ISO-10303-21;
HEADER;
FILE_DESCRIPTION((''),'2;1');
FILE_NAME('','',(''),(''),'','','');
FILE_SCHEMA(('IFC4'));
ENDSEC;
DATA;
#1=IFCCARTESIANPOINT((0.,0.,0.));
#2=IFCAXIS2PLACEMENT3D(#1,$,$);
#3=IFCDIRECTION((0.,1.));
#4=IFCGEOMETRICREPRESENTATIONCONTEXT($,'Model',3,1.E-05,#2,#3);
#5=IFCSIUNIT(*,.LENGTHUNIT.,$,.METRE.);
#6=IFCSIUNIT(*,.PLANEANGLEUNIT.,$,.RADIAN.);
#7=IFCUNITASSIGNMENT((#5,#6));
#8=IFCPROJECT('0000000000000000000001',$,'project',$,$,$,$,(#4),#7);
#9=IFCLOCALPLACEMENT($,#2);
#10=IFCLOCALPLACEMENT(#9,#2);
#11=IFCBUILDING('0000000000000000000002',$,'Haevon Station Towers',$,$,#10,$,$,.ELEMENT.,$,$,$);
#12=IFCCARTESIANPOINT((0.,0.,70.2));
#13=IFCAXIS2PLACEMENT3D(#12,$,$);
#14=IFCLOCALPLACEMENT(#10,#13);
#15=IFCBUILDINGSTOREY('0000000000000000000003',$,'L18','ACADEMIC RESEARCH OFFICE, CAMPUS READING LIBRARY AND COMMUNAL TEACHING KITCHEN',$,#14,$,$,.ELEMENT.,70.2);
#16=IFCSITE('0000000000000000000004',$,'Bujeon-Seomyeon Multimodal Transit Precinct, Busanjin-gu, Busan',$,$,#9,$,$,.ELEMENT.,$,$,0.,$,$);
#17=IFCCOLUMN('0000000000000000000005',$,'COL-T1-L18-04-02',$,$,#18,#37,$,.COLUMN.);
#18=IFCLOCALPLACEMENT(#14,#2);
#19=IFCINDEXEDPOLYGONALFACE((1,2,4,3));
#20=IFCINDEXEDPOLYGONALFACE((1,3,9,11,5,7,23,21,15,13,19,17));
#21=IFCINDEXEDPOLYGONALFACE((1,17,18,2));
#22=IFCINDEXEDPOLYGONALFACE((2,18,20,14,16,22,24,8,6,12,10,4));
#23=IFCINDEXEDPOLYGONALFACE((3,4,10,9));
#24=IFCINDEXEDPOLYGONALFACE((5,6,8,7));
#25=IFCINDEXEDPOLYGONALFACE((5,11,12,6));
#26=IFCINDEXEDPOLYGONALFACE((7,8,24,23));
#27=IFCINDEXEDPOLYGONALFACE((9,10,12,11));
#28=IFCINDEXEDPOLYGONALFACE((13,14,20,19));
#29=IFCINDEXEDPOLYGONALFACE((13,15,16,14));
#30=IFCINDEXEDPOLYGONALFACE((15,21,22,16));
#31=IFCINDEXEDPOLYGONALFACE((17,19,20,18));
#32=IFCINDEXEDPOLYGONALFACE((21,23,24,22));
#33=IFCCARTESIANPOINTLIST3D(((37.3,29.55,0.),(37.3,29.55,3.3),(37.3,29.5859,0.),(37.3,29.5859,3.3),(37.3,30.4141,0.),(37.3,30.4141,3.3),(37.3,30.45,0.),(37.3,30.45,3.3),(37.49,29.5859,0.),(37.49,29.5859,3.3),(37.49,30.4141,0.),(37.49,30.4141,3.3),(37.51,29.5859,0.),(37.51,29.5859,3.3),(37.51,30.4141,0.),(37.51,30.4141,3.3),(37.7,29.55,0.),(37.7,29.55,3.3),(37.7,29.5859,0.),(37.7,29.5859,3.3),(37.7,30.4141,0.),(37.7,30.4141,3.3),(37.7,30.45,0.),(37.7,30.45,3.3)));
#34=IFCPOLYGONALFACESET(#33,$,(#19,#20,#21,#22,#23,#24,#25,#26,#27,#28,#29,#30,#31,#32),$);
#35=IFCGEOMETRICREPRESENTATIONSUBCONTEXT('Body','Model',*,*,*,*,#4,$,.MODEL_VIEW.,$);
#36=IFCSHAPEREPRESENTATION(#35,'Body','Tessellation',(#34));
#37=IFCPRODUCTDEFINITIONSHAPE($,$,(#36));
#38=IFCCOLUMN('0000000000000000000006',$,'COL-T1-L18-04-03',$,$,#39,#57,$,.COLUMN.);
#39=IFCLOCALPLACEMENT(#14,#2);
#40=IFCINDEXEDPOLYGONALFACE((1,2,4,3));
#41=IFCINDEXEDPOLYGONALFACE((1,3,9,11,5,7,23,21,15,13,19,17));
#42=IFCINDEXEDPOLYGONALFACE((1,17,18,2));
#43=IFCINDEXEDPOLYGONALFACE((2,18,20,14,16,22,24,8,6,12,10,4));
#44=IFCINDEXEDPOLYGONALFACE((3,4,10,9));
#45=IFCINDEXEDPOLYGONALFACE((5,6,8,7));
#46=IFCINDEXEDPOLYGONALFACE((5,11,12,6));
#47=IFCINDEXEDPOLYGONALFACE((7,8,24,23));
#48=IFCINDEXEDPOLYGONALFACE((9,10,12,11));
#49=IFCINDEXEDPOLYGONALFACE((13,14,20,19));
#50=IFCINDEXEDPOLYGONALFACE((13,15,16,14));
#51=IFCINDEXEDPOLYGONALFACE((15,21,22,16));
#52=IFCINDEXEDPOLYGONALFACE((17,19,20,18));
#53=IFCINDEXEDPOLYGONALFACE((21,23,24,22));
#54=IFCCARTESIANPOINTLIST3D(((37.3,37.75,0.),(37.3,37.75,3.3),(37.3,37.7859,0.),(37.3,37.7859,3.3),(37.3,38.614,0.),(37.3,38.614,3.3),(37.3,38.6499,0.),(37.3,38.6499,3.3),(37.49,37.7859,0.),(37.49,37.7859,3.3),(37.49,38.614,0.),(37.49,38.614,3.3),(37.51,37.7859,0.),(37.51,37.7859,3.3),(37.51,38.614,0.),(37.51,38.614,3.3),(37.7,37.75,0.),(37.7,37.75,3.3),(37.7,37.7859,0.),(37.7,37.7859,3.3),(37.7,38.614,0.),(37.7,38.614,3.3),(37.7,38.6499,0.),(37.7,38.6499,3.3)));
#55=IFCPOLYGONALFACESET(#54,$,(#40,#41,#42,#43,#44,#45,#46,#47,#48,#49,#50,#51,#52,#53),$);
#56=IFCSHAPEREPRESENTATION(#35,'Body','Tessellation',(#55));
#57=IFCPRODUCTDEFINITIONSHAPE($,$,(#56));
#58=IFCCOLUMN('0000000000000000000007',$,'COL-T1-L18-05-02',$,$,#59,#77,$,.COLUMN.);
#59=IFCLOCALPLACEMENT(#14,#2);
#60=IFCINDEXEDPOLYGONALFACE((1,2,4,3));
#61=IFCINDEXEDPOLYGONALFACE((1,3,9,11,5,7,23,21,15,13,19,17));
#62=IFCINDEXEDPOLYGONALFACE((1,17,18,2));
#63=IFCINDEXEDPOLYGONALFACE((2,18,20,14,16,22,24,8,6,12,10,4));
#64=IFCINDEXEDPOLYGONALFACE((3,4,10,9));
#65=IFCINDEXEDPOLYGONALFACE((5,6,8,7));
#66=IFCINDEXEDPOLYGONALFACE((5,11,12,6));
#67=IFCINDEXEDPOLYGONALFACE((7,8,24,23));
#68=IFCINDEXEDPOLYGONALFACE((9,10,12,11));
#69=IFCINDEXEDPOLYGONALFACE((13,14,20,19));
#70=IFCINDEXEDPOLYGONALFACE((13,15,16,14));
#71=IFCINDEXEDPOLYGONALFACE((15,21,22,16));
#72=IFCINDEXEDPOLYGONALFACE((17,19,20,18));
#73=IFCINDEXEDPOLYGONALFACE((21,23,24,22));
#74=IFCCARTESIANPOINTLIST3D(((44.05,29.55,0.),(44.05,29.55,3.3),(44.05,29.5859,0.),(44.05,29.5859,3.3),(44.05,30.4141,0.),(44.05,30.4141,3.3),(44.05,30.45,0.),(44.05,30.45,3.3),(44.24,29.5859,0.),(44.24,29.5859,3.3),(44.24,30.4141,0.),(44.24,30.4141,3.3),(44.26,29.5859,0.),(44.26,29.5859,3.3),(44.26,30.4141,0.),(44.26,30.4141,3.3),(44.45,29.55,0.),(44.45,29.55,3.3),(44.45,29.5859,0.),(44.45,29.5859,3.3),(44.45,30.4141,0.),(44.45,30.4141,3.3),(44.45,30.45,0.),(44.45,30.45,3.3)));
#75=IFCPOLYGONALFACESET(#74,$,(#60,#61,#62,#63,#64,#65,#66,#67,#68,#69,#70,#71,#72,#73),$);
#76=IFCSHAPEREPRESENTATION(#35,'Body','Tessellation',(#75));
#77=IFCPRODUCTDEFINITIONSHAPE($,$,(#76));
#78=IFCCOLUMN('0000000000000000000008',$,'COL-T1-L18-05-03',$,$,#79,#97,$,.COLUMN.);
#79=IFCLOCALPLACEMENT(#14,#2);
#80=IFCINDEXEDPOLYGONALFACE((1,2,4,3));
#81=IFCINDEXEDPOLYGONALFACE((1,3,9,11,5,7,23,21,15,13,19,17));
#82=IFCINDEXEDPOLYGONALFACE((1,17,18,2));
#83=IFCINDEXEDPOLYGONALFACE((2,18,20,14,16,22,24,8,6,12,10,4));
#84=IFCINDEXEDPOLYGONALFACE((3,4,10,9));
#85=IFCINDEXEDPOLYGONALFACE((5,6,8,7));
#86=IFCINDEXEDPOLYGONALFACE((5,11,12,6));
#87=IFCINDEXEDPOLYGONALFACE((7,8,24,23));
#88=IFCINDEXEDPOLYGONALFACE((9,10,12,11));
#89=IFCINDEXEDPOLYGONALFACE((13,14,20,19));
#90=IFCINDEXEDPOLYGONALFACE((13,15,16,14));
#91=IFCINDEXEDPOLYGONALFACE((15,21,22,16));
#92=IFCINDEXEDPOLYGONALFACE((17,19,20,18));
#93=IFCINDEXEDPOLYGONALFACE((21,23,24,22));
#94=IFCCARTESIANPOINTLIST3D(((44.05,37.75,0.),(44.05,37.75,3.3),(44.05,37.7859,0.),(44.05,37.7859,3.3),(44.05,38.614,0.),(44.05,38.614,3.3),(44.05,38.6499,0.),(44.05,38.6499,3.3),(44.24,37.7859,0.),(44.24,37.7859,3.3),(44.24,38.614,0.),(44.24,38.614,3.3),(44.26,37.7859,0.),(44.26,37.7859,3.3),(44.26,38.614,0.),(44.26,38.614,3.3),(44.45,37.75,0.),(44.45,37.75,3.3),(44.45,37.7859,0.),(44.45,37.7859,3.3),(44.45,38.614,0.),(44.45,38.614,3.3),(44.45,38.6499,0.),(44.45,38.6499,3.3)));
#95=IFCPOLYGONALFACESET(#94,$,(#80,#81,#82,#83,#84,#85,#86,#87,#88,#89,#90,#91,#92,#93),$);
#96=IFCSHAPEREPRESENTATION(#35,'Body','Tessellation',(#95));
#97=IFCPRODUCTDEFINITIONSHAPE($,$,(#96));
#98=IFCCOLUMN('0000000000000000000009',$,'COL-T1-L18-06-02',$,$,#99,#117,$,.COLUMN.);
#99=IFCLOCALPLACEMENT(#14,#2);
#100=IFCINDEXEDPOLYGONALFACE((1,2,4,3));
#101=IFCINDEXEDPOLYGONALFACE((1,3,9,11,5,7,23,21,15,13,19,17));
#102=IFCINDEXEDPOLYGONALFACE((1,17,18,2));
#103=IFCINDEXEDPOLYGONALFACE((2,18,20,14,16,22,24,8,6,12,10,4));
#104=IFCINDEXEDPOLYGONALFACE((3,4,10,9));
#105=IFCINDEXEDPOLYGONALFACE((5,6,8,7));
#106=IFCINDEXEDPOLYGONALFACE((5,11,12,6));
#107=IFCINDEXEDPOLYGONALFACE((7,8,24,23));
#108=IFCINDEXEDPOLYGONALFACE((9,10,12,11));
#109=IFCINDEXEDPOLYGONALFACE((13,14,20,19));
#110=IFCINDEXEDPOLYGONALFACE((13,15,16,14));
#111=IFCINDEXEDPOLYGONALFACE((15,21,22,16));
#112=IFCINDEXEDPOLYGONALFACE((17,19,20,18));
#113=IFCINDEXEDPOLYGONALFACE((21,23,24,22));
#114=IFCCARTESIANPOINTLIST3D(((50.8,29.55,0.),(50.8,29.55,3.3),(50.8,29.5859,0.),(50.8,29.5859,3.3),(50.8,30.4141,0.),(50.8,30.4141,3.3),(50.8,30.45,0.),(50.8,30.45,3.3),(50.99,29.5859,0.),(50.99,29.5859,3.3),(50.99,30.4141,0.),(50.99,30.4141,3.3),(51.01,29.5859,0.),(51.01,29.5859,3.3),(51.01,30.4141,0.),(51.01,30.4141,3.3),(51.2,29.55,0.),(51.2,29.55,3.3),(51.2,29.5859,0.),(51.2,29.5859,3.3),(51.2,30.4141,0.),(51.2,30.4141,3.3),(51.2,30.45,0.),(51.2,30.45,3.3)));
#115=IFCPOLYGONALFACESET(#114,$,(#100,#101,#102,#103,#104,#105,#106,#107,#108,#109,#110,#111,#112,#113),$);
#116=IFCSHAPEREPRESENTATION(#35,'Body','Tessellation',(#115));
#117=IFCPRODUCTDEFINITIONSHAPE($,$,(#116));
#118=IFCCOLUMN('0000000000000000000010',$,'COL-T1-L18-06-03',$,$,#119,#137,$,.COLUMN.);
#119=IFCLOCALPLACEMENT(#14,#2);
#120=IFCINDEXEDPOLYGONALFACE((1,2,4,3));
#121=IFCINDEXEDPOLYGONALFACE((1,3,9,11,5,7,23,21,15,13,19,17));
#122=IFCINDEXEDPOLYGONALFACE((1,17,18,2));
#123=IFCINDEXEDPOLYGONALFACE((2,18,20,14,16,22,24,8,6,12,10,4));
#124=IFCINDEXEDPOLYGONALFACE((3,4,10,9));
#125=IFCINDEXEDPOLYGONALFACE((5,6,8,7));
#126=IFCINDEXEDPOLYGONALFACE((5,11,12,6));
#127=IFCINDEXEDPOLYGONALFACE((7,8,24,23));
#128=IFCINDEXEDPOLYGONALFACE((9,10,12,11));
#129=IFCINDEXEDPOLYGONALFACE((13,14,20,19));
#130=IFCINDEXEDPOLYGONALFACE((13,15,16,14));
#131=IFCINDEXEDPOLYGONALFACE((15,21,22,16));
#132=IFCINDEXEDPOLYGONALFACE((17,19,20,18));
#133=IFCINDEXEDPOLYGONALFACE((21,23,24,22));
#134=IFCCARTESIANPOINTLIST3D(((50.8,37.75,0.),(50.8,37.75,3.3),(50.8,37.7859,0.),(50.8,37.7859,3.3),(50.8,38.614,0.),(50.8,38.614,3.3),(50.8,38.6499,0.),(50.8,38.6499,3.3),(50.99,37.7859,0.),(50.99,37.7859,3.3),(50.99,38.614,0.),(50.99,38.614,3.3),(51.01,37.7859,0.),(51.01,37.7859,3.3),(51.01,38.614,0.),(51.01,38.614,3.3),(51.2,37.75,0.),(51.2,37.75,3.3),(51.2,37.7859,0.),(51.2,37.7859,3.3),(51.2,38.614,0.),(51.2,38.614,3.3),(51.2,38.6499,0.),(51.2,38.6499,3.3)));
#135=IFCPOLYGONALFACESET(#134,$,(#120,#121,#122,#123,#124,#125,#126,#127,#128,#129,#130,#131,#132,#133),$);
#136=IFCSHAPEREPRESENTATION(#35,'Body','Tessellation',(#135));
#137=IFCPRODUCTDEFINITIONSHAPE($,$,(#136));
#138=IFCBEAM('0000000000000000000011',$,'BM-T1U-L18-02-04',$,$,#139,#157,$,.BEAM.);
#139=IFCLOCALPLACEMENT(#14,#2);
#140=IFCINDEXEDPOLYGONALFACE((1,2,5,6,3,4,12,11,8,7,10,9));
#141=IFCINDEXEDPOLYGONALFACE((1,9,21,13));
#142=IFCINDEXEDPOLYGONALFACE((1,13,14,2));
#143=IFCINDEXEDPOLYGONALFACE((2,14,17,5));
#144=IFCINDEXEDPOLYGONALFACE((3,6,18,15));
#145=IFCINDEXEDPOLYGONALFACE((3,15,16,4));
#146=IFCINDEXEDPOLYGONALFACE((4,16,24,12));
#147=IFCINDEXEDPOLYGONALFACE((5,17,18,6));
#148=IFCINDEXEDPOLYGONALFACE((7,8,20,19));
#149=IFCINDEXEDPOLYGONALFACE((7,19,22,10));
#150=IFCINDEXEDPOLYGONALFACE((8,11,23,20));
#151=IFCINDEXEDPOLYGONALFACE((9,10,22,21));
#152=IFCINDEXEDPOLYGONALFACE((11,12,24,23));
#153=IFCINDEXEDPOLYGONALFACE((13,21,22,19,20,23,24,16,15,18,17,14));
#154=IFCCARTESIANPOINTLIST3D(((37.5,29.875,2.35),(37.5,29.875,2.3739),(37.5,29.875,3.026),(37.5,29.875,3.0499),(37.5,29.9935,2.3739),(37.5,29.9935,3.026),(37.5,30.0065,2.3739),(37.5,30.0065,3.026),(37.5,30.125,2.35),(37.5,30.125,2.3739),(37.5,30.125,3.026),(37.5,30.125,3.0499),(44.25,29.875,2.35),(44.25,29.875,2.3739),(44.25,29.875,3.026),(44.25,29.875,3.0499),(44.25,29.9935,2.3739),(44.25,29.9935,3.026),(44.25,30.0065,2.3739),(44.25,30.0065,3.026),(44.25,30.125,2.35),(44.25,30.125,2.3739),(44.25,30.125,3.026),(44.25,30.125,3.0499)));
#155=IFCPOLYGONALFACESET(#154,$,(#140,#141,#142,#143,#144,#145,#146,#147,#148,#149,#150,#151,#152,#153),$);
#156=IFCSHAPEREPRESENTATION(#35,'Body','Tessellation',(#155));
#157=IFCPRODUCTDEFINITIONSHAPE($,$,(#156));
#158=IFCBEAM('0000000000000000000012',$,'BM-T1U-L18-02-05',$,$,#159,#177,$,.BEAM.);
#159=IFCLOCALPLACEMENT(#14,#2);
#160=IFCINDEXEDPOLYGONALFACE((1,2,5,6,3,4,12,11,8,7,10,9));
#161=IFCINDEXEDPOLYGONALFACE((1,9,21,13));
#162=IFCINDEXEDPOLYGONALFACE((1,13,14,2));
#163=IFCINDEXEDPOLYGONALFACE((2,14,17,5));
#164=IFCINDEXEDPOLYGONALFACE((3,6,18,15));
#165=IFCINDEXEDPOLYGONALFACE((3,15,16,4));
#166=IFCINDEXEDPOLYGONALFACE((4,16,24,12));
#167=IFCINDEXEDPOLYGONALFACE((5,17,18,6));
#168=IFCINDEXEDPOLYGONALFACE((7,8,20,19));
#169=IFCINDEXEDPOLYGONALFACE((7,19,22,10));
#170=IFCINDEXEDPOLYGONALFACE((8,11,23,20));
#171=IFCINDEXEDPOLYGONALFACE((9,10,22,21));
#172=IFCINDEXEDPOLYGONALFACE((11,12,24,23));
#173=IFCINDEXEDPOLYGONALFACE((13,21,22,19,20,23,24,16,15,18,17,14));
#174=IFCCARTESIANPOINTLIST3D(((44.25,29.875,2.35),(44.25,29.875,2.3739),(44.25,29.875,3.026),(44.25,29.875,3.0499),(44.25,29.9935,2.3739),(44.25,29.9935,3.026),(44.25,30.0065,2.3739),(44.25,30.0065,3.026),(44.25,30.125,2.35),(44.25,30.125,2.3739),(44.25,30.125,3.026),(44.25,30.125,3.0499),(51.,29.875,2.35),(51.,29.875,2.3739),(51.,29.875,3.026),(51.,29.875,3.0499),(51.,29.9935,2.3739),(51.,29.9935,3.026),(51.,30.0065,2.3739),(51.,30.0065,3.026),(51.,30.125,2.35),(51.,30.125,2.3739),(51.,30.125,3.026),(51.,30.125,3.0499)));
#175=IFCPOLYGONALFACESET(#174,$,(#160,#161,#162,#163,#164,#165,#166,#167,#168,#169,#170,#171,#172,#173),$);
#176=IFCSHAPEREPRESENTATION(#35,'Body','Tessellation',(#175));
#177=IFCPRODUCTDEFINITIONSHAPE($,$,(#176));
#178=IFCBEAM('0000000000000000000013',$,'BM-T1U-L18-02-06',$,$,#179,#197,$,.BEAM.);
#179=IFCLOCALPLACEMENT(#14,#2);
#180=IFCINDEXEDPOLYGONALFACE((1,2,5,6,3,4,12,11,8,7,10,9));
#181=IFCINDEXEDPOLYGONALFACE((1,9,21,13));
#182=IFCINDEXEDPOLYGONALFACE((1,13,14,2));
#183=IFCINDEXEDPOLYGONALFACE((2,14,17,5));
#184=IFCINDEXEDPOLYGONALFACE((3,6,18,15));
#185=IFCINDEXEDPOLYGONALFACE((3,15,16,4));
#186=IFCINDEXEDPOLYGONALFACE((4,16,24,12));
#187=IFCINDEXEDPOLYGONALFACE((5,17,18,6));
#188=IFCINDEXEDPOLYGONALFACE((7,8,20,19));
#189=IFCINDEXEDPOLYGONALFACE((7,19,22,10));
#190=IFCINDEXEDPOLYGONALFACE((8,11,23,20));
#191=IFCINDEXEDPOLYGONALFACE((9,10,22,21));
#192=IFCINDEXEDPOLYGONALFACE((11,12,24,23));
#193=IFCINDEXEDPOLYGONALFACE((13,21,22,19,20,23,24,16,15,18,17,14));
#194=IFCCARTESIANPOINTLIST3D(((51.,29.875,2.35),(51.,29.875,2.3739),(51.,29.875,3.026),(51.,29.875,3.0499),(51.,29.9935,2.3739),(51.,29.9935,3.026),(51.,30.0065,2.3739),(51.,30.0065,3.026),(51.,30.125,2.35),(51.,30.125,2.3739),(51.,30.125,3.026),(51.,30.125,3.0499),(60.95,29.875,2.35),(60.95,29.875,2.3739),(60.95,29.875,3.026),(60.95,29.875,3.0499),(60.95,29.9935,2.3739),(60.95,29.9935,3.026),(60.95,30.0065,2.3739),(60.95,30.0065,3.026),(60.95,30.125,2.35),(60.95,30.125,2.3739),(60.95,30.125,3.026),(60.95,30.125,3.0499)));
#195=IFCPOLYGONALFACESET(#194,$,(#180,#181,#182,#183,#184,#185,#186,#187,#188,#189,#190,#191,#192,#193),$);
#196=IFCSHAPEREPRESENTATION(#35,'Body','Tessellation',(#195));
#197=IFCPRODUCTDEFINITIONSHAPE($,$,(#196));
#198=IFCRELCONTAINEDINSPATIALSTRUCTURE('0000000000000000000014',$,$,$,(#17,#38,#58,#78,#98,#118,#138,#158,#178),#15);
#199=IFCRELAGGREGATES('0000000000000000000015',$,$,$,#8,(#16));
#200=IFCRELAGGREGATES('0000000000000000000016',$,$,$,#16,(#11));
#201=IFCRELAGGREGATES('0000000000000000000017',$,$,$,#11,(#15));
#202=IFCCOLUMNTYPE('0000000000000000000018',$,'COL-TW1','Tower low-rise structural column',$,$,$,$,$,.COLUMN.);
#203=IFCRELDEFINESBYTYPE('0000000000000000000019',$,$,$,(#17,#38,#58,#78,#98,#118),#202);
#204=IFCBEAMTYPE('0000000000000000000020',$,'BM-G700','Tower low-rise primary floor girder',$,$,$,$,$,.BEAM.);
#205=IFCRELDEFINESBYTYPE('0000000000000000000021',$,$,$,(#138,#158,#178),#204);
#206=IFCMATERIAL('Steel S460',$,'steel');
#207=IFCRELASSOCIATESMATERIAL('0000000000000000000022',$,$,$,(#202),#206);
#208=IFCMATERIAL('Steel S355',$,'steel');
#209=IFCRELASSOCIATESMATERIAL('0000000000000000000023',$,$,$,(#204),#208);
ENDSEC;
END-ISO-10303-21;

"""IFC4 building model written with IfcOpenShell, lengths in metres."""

from ifc_helpers import new_model, si_unit, direction, frame, origin, origin_2d, place, context, subcontext, project, spatial, i_section, extrude, material, material_profile, profile_set, type_object, element, save


model = new_model("IFC4")

# Units and contexts
model_context = context("Model", 3, precision=1e-05, world=origin(), true_north=direction((0.0, 1.0)))
body_context = subcontext(model_context, "Body", "Model", "MODEL_VIEW")
ifc_project = project(units=[si_unit("LENGTHUNIT", "METRE"), si_unit("PLANEANGLEUNIT", "RADIAN")], contexts=[model_context])

# Site, building, storey
site_placement = place(None, origin())
site = spatial("IfcSite", under=ifc_project, at=site_placement, Name="Bujeon-Seomyeon Multimodal Transit Precinct, Busanjin-gu, Busan", CompositionType="ELEMENT", RefElevation=0.0)
building_placement = place(site_placement, origin())
building = spatial("IfcBuilding", under=site, at=building_placement, Name="Haevon Station Towers", CompositionType="ELEMENT")
storey_placement = place(building_placement, frame((0.0, 0.0, 70.2)))
storey = spatial("IfcBuildingStorey", under=building, at=storey_placement, Name="L18", Description="ACADEMIC RESEARCH OFFICE, CAMPUS READING LIBRARY AND COMMUNAL TEACHING KITCHEN", CompositionType="ELEMENT", Elevation=70.2)

# Columns
ifc_material_1 = material(Name="Steel S460", Category="steel")
ifc_material_profile_1 = material_profile(ifc_material_1, i_section(OverallWidth=0.3999, OverallDepth=0.8999, WebThickness=0.02, FlangeThickness=0.0359, at=origin_2d()), Name="H-900x400x20x36")
ifc_profile_set_1 = profile_set([ifc_material_profile_1], Name="Steel S460")
column_type = type_object("IfcColumnType", Name="COL-TW1", Description="Tower low-rise structural column", PredefinedType="COLUMN", material=ifc_profile_set_1)
for number, where, z_axis, x_axis, name in (
    (1, (37.5, 30.0, 0.0), (0.0, 0.0, 1.0), (1.0, 0.0, 0.0), "COL-T1-L18-04-02"),
    (2, (37.5, 38.2, 0.0), (0.0, 0.0, 1.0), (1.0, 0.0, 0.0), "COL-T1-L18-04-03"),
    (3, (44.25, 30.0, 0.0), (0.0, 0.0, 1.0), (1.0, 0.0, 0.0), "COL-T1-L18-05-02"),
    (4, (44.25, 38.2, 0.0), (0.0, 0.0, 1.0), (1.0, 0.0, 0.0), "COL-T1-L18-05-03"),
    (5, (51.0, 30.0, 0.0), (0.0, 0.0, 1.0), (1.0, 0.0, 0.0), "COL-T1-L18-06-02"),
    (6, (51.0, 38.2, 0.0), (0.0, 0.0, 1.0), (1.0, 0.0, 0.0), "COL-T1-L18-06-03"),
):
    element("IfcColumn", number, at=place(storey_placement, frame(where, z_axis=z_axis, x_axis=x_axis)), inside=storey, type_object=column_type, Name=name, PredefinedType="COLUMN", context=body_context, shape_type="SweptSolid", body=[
        extrude(i_section(OverallWidth=0.3999, OverallDepth=0.8999, WebThickness=0.02, FlangeThickness=0.0359, at=origin_2d()), origin(), (0.0, 0.0, 1.0), 3.3),
    ])

# Beams
ifc_material_2 = material(Name="Steel S355", Category="steel")
ifc_material_profile_2 = material_profile(ifc_material_2, i_section(OverallWidth=0.25, OverallDepth=0.7, WebThickness=0.0129, FlangeThickness=0.0239, at=origin_2d()), Name="H-700x250x13x24")
ifc_profile_set_2 = profile_set([ifc_material_profile_2], Name="Steel S355")
beam_type_1 = type_object("IfcBeamType", Name="BM-G700", Description="Tower low-rise primary floor girder", PredefinedType="BEAM", material=ifc_profile_set_2)
for number, where, z_axis, x_axis, name in (
    (7, (37.5, 30.0, 2.7), (1.0, 0.0, 0.0), (0.0, 1.0, 0.0), "BM-T1U-L18-02-04"),
    (8, (44.25, 30.0, 2.7), (1.0, 0.0, 0.0), (0.0, 1.0, 0.0), "BM-T1U-L18-02-05"),
):
    element("IfcBeam", number, at=place(storey_placement, frame(where, z_axis=z_axis, x_axis=x_axis)), inside=storey, type_object=beam_type_1, Name=name, PredefinedType="BEAM", context=body_context, shape_type="SweptSolid", body=[
        extrude(i_section(OverallWidth=0.25, OverallDepth=0.7, WebThickness=0.0129, FlangeThickness=0.0239, at=origin_2d()), origin(), (0.0, 0.0, 1.0), 6.75),
    ])
beam_1_placement = place(storey_placement, frame((51.0, 30.0, 2.7), z_axis=(1.0, 0.0, 0.0), x_axis=(0.0, 1.0, 0.0)))
element("IfcBeam", 9, at=beam_1_placement, inside=storey, type_object=beam_type_1, Name="BM-T1U-L18-02-06", PredefinedType="BEAM", context=body_context, shape_type="SweptSolid", body=[
    extrude(i_section(OverallWidth=0.25, OverallDepth=0.7, WebThickness=0.0129, FlangeThickness=0.0239, at=origin_2d()), origin(), (0.0, 0.0, 1.0), 9.95),
])

save(model, "model.ifc")
